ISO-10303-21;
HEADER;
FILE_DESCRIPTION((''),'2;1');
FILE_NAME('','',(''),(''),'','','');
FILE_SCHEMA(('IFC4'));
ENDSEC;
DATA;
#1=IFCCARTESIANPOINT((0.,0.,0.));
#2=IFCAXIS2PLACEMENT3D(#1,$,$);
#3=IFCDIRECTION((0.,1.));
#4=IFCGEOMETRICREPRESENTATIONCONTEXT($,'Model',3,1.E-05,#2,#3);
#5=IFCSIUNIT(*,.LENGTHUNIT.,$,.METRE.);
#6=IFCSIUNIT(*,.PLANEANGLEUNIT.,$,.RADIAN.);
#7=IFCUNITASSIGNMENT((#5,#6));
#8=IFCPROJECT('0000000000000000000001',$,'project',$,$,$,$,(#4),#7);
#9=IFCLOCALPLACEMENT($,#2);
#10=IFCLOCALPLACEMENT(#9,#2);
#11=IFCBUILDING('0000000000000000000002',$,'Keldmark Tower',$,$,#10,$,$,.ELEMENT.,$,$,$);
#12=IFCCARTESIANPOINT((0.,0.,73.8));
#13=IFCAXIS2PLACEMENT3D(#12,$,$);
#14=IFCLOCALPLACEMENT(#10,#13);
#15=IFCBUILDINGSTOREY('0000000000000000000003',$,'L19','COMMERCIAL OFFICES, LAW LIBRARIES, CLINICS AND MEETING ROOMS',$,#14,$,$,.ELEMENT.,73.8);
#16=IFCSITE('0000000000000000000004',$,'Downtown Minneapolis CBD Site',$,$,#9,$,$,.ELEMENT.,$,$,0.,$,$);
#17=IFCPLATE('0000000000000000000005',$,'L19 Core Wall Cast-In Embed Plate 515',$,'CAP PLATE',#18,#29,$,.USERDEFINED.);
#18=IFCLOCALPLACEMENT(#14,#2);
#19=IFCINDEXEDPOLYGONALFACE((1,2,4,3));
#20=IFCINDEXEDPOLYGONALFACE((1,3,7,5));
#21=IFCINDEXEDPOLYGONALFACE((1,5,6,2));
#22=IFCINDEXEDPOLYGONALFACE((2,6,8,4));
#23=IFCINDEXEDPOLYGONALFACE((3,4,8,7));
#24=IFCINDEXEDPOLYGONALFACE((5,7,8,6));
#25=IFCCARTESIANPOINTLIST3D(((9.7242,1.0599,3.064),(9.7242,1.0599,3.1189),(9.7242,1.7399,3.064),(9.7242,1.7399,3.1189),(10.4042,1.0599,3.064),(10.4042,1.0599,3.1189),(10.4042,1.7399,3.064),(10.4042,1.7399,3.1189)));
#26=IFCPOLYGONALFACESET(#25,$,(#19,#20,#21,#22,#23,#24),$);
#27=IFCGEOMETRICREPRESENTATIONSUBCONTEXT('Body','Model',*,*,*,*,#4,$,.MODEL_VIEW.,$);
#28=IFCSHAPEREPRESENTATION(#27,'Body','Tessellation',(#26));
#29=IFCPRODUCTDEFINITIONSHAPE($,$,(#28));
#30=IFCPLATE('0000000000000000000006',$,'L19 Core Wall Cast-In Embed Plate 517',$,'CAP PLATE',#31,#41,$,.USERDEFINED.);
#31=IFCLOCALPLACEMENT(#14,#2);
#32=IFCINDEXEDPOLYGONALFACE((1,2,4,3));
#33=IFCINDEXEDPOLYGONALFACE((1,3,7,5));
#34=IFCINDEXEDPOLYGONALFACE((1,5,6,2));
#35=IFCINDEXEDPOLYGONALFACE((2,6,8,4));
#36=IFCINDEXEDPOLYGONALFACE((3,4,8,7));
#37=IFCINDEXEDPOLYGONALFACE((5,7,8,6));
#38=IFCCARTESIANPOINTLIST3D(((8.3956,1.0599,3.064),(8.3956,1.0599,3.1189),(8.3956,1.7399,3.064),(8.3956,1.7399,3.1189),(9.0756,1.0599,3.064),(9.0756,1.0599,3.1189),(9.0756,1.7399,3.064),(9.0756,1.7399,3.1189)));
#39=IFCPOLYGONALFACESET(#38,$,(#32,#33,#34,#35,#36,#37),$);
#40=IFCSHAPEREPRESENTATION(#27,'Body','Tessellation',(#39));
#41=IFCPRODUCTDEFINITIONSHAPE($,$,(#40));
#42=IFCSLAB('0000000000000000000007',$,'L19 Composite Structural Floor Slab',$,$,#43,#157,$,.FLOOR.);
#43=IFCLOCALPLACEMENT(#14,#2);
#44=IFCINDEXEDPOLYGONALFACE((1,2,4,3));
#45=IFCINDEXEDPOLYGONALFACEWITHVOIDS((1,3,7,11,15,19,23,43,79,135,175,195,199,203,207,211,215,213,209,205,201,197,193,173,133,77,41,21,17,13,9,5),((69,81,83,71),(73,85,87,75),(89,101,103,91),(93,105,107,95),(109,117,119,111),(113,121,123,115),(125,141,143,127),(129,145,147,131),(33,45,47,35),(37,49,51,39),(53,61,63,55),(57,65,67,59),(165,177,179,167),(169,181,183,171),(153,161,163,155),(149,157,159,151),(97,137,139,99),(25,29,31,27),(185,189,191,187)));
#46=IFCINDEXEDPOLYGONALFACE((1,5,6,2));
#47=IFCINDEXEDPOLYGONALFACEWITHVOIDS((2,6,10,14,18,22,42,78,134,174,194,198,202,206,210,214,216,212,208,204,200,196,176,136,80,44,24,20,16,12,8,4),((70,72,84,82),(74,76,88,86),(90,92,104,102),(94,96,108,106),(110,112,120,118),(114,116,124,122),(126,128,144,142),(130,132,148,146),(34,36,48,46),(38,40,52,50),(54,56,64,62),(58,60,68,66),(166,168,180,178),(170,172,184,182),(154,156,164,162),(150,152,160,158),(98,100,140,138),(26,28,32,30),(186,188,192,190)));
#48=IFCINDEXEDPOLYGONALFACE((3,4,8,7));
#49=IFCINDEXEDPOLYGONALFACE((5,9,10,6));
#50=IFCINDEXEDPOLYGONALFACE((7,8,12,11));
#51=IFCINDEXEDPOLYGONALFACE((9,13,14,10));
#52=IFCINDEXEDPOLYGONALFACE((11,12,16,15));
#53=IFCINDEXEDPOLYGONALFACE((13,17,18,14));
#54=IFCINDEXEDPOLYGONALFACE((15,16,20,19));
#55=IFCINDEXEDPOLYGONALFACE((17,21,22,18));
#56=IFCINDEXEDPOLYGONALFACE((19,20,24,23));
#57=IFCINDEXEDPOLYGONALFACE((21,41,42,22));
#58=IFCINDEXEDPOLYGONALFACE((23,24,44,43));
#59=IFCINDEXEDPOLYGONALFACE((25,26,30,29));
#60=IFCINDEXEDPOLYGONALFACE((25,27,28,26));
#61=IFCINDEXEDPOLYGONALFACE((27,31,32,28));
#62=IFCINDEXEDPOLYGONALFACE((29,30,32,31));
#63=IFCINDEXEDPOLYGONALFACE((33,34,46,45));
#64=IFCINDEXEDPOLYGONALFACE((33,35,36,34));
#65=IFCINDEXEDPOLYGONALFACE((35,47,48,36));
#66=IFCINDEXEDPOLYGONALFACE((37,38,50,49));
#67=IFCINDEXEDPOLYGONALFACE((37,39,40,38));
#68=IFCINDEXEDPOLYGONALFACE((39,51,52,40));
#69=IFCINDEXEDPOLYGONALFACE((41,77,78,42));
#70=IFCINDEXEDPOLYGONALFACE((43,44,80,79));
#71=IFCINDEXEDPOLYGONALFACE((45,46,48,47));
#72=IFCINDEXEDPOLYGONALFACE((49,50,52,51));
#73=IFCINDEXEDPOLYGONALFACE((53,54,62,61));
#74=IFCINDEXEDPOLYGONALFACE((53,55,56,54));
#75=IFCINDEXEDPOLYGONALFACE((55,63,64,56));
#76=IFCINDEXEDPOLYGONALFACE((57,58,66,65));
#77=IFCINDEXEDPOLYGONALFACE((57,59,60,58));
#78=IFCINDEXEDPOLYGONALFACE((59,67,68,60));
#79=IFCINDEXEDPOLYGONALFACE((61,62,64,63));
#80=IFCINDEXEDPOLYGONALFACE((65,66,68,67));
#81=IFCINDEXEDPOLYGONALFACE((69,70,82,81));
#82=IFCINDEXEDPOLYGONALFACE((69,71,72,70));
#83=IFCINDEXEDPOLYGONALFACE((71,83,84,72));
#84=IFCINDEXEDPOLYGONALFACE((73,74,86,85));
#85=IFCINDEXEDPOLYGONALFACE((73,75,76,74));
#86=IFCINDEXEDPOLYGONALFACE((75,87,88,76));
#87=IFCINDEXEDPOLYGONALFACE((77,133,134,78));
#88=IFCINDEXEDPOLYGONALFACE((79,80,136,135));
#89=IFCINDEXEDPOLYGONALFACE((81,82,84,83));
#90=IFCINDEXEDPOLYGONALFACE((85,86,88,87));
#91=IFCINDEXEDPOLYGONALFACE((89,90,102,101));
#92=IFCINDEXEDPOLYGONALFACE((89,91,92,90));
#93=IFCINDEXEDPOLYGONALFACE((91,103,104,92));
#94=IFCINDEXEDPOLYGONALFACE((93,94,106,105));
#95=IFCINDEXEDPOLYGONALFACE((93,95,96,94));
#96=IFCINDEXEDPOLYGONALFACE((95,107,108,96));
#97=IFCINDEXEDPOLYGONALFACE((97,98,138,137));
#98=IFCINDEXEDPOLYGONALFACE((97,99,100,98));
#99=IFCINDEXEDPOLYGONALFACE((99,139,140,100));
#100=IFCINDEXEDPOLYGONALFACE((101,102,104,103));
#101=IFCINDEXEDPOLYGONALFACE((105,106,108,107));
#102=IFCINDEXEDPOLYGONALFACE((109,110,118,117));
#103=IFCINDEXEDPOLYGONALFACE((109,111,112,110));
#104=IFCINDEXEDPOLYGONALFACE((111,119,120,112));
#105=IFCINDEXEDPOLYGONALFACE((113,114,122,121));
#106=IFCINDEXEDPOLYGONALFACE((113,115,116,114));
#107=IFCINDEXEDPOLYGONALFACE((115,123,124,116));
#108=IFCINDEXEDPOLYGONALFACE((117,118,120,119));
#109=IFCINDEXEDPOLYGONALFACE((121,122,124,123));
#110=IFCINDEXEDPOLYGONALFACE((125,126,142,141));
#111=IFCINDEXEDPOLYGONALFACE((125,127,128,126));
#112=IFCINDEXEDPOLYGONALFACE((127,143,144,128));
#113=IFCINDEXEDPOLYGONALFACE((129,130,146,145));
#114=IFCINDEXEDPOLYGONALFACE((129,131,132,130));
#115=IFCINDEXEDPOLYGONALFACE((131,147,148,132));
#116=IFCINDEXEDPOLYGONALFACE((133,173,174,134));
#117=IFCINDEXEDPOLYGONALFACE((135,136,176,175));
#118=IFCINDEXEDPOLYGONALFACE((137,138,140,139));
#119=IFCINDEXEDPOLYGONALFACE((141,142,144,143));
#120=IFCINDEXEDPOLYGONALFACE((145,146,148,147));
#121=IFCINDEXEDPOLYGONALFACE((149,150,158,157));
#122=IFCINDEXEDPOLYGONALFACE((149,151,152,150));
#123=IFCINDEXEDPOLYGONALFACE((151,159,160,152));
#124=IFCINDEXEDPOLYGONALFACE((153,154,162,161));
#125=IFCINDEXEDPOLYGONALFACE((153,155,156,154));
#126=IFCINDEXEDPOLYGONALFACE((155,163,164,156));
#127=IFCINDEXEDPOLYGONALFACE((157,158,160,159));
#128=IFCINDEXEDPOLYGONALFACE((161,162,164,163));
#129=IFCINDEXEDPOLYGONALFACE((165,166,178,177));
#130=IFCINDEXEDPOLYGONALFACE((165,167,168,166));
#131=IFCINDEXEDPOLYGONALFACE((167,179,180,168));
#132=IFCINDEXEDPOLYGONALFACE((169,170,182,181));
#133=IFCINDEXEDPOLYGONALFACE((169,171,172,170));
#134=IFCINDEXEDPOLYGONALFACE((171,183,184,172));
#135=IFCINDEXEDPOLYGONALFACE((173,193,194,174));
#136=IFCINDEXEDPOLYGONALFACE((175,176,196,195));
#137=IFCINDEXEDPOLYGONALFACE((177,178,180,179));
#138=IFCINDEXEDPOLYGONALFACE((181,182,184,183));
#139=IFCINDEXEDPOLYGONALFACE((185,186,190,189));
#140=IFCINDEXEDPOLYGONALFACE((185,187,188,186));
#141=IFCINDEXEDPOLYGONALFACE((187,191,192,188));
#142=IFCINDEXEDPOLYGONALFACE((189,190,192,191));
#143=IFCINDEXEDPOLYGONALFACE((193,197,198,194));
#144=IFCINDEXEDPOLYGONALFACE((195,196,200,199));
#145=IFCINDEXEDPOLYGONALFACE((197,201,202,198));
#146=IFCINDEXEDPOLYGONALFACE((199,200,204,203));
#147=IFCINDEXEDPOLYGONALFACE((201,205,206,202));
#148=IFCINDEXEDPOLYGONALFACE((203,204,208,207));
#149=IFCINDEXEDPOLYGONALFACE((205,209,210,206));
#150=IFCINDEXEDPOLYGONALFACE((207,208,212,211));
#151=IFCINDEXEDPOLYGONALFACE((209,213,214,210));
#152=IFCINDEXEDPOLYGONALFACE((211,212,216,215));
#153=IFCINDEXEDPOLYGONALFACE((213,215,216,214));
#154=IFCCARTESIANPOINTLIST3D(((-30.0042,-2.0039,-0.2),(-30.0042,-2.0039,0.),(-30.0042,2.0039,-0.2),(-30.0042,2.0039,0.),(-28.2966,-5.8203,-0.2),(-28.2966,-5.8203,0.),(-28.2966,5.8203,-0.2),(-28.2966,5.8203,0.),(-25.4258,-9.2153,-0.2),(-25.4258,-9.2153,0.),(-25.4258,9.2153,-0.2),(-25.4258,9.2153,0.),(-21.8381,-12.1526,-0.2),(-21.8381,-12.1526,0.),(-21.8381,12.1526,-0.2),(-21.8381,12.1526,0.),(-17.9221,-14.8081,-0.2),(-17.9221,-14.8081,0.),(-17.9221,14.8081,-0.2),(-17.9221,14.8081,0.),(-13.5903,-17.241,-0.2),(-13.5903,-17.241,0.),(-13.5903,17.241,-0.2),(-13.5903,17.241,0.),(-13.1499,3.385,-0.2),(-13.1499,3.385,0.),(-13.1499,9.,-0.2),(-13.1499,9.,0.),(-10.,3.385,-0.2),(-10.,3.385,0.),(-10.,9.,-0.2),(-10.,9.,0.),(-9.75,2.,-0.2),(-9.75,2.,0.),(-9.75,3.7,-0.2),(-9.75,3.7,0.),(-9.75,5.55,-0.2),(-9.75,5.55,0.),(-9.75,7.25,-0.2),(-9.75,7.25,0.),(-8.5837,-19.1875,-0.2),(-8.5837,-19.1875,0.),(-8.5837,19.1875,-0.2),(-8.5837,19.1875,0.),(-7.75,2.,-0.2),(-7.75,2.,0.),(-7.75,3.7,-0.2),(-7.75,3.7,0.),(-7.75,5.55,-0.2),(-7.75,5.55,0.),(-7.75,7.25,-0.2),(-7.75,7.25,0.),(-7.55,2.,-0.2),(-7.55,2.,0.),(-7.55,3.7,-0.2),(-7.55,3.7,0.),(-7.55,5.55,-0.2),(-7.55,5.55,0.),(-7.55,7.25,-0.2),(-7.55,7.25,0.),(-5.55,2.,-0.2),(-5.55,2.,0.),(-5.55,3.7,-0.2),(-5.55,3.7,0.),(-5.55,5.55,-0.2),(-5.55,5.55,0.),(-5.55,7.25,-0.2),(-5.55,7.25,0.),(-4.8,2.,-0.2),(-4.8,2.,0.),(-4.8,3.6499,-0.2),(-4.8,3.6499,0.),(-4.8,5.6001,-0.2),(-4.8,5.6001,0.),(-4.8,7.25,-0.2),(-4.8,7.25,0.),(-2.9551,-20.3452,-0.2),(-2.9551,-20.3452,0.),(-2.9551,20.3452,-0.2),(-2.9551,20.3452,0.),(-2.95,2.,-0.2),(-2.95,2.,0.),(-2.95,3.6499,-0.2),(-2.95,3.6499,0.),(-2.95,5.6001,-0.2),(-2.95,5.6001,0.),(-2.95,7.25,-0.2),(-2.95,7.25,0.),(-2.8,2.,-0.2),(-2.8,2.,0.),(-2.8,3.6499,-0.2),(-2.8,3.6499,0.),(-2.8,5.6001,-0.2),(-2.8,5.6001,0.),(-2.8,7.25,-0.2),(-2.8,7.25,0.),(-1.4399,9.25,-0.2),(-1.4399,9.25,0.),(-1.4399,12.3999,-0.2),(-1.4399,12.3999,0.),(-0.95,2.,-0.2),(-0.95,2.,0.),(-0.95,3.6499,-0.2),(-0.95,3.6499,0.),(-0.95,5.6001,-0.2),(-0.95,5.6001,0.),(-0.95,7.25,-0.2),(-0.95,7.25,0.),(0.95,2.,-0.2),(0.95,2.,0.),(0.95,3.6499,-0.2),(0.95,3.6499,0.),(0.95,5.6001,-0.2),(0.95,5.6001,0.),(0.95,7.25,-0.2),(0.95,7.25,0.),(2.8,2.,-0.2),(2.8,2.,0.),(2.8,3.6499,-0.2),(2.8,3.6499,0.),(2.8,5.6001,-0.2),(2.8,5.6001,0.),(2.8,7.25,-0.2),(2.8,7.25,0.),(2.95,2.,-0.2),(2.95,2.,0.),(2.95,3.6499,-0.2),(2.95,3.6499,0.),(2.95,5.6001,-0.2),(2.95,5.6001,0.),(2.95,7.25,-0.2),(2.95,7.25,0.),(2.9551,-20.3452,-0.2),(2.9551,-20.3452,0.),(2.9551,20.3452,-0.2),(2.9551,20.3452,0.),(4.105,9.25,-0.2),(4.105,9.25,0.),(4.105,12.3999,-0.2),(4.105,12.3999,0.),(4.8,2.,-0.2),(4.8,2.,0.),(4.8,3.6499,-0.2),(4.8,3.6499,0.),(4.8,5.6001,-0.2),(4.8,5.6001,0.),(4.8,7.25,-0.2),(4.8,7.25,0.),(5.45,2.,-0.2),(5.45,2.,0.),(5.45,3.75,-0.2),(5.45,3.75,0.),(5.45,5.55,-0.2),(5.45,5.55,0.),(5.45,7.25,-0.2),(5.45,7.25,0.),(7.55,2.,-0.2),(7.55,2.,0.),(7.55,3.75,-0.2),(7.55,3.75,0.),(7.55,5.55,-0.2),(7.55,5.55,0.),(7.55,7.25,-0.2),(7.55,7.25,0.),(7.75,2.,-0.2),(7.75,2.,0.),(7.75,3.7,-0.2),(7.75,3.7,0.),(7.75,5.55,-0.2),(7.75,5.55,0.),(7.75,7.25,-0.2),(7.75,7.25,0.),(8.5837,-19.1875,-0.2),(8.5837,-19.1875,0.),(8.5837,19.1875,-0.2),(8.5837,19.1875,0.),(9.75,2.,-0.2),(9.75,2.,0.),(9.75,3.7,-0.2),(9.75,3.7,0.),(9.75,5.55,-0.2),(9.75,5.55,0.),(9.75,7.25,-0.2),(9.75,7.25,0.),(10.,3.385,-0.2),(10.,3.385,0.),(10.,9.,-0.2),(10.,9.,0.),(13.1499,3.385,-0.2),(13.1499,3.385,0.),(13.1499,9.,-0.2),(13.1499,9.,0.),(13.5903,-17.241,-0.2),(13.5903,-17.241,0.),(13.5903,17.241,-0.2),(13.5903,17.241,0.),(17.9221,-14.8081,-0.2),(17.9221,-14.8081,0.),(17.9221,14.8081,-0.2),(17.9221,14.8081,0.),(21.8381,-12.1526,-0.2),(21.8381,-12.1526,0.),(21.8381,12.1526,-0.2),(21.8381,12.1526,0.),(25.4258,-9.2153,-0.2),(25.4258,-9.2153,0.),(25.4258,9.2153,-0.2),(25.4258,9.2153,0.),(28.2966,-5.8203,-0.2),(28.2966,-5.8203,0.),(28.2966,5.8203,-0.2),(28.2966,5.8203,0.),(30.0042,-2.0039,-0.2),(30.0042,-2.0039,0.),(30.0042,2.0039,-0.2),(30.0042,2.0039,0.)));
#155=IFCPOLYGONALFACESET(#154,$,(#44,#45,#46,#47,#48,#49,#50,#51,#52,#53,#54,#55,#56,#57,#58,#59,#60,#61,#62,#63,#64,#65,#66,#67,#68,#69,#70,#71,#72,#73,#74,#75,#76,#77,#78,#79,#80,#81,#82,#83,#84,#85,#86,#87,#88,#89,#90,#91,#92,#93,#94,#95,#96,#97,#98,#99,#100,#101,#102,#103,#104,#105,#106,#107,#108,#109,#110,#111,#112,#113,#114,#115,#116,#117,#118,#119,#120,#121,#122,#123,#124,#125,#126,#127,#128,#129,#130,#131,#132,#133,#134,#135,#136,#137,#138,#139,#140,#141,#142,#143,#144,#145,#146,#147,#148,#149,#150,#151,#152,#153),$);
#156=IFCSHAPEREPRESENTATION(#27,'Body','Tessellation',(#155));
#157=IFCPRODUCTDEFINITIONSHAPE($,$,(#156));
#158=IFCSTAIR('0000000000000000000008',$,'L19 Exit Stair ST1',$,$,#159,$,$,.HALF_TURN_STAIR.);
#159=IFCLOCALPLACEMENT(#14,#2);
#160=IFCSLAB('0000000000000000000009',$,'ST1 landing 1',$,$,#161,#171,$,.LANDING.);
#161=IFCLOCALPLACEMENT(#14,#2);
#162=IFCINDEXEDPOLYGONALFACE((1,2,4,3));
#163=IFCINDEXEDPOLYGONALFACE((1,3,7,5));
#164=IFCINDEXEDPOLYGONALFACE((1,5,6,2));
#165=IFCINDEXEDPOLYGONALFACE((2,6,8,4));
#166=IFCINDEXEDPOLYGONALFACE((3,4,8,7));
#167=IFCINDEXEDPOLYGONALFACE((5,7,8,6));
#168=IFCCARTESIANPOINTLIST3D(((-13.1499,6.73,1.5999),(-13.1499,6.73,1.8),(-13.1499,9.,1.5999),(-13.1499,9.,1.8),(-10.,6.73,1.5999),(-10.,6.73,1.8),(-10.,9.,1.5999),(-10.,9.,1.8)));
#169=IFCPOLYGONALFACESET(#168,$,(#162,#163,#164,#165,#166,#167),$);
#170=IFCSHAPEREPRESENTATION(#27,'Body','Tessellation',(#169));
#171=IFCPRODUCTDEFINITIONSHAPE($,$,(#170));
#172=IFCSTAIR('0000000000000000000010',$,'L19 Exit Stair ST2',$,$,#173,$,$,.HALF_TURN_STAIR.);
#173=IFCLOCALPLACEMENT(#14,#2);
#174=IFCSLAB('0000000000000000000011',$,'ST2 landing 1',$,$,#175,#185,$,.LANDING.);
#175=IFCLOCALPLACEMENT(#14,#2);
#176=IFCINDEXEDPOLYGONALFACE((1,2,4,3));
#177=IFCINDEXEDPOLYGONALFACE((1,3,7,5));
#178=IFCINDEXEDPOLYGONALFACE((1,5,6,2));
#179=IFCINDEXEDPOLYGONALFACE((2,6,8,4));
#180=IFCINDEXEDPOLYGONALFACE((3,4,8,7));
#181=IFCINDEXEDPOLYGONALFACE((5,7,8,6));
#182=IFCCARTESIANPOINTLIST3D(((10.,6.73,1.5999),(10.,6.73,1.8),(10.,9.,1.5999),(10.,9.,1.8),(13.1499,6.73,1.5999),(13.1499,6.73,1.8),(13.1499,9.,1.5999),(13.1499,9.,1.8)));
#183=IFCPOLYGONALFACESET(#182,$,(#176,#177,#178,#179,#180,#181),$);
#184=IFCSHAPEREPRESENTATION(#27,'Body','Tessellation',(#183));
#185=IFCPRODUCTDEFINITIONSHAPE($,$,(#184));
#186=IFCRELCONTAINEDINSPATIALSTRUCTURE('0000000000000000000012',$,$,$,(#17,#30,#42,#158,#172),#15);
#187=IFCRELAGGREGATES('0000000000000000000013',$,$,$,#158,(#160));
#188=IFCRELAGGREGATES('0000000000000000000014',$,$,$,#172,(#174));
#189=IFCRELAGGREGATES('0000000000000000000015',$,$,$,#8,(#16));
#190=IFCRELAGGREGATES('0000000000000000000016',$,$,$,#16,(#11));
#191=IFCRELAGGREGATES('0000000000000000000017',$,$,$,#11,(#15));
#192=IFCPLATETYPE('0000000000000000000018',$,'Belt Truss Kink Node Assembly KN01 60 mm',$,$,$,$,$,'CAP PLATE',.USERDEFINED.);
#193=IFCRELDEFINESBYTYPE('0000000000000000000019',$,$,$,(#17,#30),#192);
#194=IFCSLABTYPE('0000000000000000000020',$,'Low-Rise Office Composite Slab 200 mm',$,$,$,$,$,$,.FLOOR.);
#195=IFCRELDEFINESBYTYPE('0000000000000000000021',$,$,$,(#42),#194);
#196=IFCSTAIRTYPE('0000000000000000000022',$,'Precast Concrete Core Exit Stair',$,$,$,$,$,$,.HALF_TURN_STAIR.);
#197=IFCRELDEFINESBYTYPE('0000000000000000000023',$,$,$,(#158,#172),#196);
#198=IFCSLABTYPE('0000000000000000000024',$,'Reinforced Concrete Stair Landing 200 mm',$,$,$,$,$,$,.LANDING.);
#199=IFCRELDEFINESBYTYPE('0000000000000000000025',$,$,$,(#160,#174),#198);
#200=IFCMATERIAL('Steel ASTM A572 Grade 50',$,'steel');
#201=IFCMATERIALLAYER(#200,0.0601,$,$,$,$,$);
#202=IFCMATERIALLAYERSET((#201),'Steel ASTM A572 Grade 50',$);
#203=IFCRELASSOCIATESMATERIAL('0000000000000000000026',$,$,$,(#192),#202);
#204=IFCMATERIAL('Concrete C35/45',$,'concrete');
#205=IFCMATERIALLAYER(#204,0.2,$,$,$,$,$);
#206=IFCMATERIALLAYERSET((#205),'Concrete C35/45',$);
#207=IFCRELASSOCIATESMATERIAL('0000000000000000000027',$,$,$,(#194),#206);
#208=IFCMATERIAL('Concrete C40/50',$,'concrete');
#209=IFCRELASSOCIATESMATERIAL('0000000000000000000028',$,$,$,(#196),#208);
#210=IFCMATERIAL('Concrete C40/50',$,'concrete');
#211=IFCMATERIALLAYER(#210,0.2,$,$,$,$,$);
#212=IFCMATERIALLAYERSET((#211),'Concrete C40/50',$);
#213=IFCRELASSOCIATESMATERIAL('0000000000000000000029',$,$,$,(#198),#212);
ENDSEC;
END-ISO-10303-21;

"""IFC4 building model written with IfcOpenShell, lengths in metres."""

from ifc_helpers import new_model, si_unit, direction, frame, origin, origin_2d, place, context, subcontext, project, spatial, polyline, rectangle, outline, extrude, material, layer, layer_set, type_object, element, aggregate, save


model = new_model("IFC4")

# Units and contexts
model_context = context("Model", 3, precision=1e-05, world=origin(), true_north=direction((0.0, 1.0)))
body_context = subcontext(model_context, "Body", "Model", "MODEL_VIEW")
ifc_project = project(units=[si_unit("LENGTHUNIT", "METRE"), si_unit("PLANEANGLEUNIT", "RADIAN")], contexts=[model_context])

# Site, building, storey
site_placement = place(None, origin())
site = spatial("IfcSite", under=ifc_project, at=site_placement, Name="Downtown Minneapolis CBD Site", CompositionType="ELEMENT", RefElevation=0.0)
building_placement = place(site_placement, origin())
building = spatial("IfcBuilding", under=site, at=building_placement, Name="Keldmark Tower", CompositionType="ELEMENT")
storey_placement = place(building_placement, frame((0.0, 0.0, 73.8)))
storey = spatial("IfcBuildingStorey", under=building, at=storey_placement, Name="L19", Description="COMMERCIAL OFFICES, LAW LIBRARIES, CLINICS AND MEETING ROOMS", CompositionType="ELEMENT", Elevation=73.8)

# Plates
ifc_material_1 = material(Name="Steel ASTM A572 Grade 50", Category="steel")
ifc_layer_1 = layer(ifc_material_1, 0.0601)
ifc_layer_set_1 = layer_set([ifc_layer_1], Name="Steel ASTM A572 Grade 50")
plate_type = type_object("IfcPlateType", Name="Belt Truss Kink Node Assembly KN01 60 mm", ElementType="CAP PLATE", PredefinedType="USERDEFINED", material=ifc_layer_set_1)
for number, where, z_axis, x_axis, name in (
    (1, (10.0642, 1.3999, 3.064), (0.0, 0.0, 1.0), (1.0, 0.0, 0.0), "L19 Core Wall Cast-In Embed Plate 515"),
    (2, (8.7356, 1.3999, 3.064), (0.0, 0.0, 1.0), (1.0, 0.0, 0.0), "L19 Core Wall Cast-In Embed Plate 517"),
):
    element("IfcPlate", number, at=place(storey_placement, frame(where, z_axis=z_axis, x_axis=x_axis)), inside=storey, type_object=plate_type, Name=name, ObjectType="CAP PLATE", PredefinedType="USERDEFINED", context=body_context, shape_type="SweptSolid", body=[
        extrude(rectangle(XDim=0.6799, YDim=0.6799, at=origin_2d()), origin(), (0.0, 0.0, 1.0), 0.0549),
    ])

# Slab
ifc_material_2 = material(Name="Concrete C35/45", Category="concrete")
ifc_layer_2 = layer(ifc_material_2, 0.2)
ifc_layer_set_2 = layer_set([ifc_layer_2], Name="Concrete C35/45")
slab_type_1 = type_object("IfcSlabType", Name="Low-Rise Office Composite Slab 200 mm", PredefinedType="FLOOR", material=ifc_layer_set_2)
slab_1_placement = place(storey_placement, frame((0.0, 0.0, -0.2)))
element("IfcSlab", 3, at=slab_1_placement, inside=storey, type_object=slab_type_1, Name="L19 Composite Structural Floor Slab", PredefinedType="FLOOR", context=body_context, shape_type="SweptSolid", body=[
    extrude(outline(polyline([(30.0042, 2.0039), (28.2966, 5.8203), (25.4258, 9.2153), (21.8381, 12.1526), (17.9221, 14.8081), (13.5903, 17.241), (8.5837, 19.1875), (2.9551, 20.3452), (-2.9551, 20.3452), (-8.5837, 19.1875), (-13.5903, 17.241), (-17.9221, 14.8081), (-21.8381, 12.1526), (-25.4258, 9.2153), (-28.2966, 5.8203), (-30.0042, 2.0039), (-30.0042, -2.0039), (-28.2966, -5.8203), (-25.4258, -9.2153), (-21.8381, -12.1526), (-17.9221, -14.8081), (-13.5903, -17.241), (-8.5837, -19.1875), (-2.9551, -20.3452), (2.9551, -20.3452), (8.5837, -19.1875), (13.5903, -17.241), (17.9221, -14.8081), (21.8381, -12.1526), (25.4258, -9.2153), (28.2966, -5.8203), (30.0042, -2.0039), (30.0042, 2.0039)]), holes=[polyline([(-10.0, 3.385), (-10.0, 9.0), (-13.1499, 9.0), (-13.1499, 3.385), (-10.0, 3.385)]), polyline([(13.1499, 3.385), (13.1499, 9.0), (10.0, 9.0), (10.0, 3.385), (13.1499, 3.385)]), polyline([(-1.4399, 9.25), (4.105, 9.25), (4.105, 12.3999), (-1.4399, 12.3999), (-1.4399, 9.25)]), polyline([(-9.75, 2.0), (-7.75, 2.0), (-7.75, 3.7), (-9.75, 3.7), (-9.75, 2.0)]), polyline([(7.75, 2.0), (9.75, 2.0), (9.75, 3.7), (7.75, 3.7), (7.75, 2.0)]), polyline([(5.45, 2.0), (7.55, 2.0), (7.55, 3.75), (5.45, 3.75), (5.45, 2.0)]), polyline([(-4.8, 2.0), (-2.95, 2.0), (-2.95, 3.6499), (-4.8, 3.6499), (-4.8, 2.0)]), polyline([(-2.8, 2.0), (-0.95, 2.0), (-0.95, 3.6499), (-2.8, 3.6499), (-2.8, 2.0)]), polyline([(0.95, 2.0), (2.8, 2.0), (2.8, 3.6499), (0.95, 3.6499), (0.95, 2.0)]), polyline([(2.95, 2.0), (4.8, 2.0), (4.8, 3.6499), (2.95, 3.6499), (2.95, 2.0)]), polyline([(-4.8, 5.6001), (-2.95, 5.6001), (-2.95, 7.25), (-4.8, 7.25), (-4.8, 5.6001)]), polyline([(-2.8, 5.6001), (-0.95, 5.6001), (-0.95, 7.25), (-2.8, 7.25), (-2.8, 5.6001)]), polyline([(0.95, 5.6001), (2.8, 5.6001), (2.8, 7.25), (0.95, 7.25), (0.95, 5.6001)]), polyline([(2.95, 5.6001), (4.8, 5.6001), (4.8, 7.25), (2.95, 7.25), (2.95, 5.6001)]), polyline([(-9.75, 5.55), (-7.75, 5.55), (-7.75, 7.25), (-9.75, 7.25), (-9.75, 5.55)]), polyline([(-7.55, 5.55), (-5.55, 5.55), (-5.55, 7.25), (-7.55, 7.25), (-7.55, 5.55)]), polyline([(-7.55, 2.0), (-5.55, 2.0), (-5.55, 3.7), (-7.55, 3.7), (-7.55, 2.0)]), polyline([(5.45, 5.55), (7.55, 5.55), (7.55, 7.25), (5.45, 7.25), (5.45, 5.55)]), polyline([(7.75, 5.55), (9.75, 5.55), (9.75, 7.25), (7.75, 7.25), (7.75, 5.55)])]), origin(), (0.0, 0.0, 1.0), 0.2),
])

# Stairs, slabs
ifc_material_3 = material(Name="Concrete C40/50", Category="concrete")
stair_type = type_object("IfcStairType", Name="Precast Concrete Core Exit Stair", PredefinedType="HALF_TURN_STAIR", material=ifc_material_3)
stair_1_placement = place(storey_placement, origin())
stair_1 = element("IfcStair", 4, at=stair_1_placement, inside=storey, type_object=stair_type, Name="L19 Exit Stair ST1", PredefinedType="HALF_TURN_STAIR")
ifc_material_4 = material(Name="Concrete C40/50", Category="concrete")
ifc_layer_3 = layer(ifc_material_4, 0.2)
ifc_layer_set_3 = layer_set([ifc_layer_3], Name="Concrete C40/50")
slab_type_2 = type_object("IfcSlabType", Name="Reinforced Concrete Stair Landing 200 mm", PredefinedType="LANDING", material=ifc_layer_set_3)
slab_2_placement = place(storey_placement, frame((0.0, 0.0, 1.5999)))
slab_2 = element("IfcSlab", 5, at=slab_2_placement, type_object=slab_type_2, Name="ST1 landing 1", PredefinedType="LANDING", context=body_context, shape_type="SweptSolid", body=[
    extrude(outline(polyline([(-10.0, 6.73), (-10.0, 9.0), (-13.1499, 9.0), (-13.1499, 6.73), (-10.0, 6.73)])), origin(), (0.0, 0.0, 1.0), 0.2002),
])
aggregate(stair_1, [slab_2])
stair_2_placement = place(storey_placement, origin())
stair_2 = element("IfcStair", 6, at=stair_2_placement, inside=storey, type_object=stair_type, Name="L19 Exit Stair ST2", PredefinedType="HALF_TURN_STAIR")
slab_3_placement = place(storey_placement, frame((0.0, 0.0, 1.5999)))
slab_3 = element("IfcSlab", 7, at=slab_3_placement, type_object=slab_type_2, Name="ST2 landing 1", PredefinedType="LANDING", context=body_context, shape_type="SweptSolid", body=[
    extrude(outline(polyline([(13.1499, 6.73), (13.1499, 9.0), (10.0, 9.0), (10.0, 6.73), (13.1499, 6.73)])), origin(), (0.0, 0.0, 1.0), 0.2002),
])
aggregate(stair_2, [slab_3])

save(model, "model.ifc")
